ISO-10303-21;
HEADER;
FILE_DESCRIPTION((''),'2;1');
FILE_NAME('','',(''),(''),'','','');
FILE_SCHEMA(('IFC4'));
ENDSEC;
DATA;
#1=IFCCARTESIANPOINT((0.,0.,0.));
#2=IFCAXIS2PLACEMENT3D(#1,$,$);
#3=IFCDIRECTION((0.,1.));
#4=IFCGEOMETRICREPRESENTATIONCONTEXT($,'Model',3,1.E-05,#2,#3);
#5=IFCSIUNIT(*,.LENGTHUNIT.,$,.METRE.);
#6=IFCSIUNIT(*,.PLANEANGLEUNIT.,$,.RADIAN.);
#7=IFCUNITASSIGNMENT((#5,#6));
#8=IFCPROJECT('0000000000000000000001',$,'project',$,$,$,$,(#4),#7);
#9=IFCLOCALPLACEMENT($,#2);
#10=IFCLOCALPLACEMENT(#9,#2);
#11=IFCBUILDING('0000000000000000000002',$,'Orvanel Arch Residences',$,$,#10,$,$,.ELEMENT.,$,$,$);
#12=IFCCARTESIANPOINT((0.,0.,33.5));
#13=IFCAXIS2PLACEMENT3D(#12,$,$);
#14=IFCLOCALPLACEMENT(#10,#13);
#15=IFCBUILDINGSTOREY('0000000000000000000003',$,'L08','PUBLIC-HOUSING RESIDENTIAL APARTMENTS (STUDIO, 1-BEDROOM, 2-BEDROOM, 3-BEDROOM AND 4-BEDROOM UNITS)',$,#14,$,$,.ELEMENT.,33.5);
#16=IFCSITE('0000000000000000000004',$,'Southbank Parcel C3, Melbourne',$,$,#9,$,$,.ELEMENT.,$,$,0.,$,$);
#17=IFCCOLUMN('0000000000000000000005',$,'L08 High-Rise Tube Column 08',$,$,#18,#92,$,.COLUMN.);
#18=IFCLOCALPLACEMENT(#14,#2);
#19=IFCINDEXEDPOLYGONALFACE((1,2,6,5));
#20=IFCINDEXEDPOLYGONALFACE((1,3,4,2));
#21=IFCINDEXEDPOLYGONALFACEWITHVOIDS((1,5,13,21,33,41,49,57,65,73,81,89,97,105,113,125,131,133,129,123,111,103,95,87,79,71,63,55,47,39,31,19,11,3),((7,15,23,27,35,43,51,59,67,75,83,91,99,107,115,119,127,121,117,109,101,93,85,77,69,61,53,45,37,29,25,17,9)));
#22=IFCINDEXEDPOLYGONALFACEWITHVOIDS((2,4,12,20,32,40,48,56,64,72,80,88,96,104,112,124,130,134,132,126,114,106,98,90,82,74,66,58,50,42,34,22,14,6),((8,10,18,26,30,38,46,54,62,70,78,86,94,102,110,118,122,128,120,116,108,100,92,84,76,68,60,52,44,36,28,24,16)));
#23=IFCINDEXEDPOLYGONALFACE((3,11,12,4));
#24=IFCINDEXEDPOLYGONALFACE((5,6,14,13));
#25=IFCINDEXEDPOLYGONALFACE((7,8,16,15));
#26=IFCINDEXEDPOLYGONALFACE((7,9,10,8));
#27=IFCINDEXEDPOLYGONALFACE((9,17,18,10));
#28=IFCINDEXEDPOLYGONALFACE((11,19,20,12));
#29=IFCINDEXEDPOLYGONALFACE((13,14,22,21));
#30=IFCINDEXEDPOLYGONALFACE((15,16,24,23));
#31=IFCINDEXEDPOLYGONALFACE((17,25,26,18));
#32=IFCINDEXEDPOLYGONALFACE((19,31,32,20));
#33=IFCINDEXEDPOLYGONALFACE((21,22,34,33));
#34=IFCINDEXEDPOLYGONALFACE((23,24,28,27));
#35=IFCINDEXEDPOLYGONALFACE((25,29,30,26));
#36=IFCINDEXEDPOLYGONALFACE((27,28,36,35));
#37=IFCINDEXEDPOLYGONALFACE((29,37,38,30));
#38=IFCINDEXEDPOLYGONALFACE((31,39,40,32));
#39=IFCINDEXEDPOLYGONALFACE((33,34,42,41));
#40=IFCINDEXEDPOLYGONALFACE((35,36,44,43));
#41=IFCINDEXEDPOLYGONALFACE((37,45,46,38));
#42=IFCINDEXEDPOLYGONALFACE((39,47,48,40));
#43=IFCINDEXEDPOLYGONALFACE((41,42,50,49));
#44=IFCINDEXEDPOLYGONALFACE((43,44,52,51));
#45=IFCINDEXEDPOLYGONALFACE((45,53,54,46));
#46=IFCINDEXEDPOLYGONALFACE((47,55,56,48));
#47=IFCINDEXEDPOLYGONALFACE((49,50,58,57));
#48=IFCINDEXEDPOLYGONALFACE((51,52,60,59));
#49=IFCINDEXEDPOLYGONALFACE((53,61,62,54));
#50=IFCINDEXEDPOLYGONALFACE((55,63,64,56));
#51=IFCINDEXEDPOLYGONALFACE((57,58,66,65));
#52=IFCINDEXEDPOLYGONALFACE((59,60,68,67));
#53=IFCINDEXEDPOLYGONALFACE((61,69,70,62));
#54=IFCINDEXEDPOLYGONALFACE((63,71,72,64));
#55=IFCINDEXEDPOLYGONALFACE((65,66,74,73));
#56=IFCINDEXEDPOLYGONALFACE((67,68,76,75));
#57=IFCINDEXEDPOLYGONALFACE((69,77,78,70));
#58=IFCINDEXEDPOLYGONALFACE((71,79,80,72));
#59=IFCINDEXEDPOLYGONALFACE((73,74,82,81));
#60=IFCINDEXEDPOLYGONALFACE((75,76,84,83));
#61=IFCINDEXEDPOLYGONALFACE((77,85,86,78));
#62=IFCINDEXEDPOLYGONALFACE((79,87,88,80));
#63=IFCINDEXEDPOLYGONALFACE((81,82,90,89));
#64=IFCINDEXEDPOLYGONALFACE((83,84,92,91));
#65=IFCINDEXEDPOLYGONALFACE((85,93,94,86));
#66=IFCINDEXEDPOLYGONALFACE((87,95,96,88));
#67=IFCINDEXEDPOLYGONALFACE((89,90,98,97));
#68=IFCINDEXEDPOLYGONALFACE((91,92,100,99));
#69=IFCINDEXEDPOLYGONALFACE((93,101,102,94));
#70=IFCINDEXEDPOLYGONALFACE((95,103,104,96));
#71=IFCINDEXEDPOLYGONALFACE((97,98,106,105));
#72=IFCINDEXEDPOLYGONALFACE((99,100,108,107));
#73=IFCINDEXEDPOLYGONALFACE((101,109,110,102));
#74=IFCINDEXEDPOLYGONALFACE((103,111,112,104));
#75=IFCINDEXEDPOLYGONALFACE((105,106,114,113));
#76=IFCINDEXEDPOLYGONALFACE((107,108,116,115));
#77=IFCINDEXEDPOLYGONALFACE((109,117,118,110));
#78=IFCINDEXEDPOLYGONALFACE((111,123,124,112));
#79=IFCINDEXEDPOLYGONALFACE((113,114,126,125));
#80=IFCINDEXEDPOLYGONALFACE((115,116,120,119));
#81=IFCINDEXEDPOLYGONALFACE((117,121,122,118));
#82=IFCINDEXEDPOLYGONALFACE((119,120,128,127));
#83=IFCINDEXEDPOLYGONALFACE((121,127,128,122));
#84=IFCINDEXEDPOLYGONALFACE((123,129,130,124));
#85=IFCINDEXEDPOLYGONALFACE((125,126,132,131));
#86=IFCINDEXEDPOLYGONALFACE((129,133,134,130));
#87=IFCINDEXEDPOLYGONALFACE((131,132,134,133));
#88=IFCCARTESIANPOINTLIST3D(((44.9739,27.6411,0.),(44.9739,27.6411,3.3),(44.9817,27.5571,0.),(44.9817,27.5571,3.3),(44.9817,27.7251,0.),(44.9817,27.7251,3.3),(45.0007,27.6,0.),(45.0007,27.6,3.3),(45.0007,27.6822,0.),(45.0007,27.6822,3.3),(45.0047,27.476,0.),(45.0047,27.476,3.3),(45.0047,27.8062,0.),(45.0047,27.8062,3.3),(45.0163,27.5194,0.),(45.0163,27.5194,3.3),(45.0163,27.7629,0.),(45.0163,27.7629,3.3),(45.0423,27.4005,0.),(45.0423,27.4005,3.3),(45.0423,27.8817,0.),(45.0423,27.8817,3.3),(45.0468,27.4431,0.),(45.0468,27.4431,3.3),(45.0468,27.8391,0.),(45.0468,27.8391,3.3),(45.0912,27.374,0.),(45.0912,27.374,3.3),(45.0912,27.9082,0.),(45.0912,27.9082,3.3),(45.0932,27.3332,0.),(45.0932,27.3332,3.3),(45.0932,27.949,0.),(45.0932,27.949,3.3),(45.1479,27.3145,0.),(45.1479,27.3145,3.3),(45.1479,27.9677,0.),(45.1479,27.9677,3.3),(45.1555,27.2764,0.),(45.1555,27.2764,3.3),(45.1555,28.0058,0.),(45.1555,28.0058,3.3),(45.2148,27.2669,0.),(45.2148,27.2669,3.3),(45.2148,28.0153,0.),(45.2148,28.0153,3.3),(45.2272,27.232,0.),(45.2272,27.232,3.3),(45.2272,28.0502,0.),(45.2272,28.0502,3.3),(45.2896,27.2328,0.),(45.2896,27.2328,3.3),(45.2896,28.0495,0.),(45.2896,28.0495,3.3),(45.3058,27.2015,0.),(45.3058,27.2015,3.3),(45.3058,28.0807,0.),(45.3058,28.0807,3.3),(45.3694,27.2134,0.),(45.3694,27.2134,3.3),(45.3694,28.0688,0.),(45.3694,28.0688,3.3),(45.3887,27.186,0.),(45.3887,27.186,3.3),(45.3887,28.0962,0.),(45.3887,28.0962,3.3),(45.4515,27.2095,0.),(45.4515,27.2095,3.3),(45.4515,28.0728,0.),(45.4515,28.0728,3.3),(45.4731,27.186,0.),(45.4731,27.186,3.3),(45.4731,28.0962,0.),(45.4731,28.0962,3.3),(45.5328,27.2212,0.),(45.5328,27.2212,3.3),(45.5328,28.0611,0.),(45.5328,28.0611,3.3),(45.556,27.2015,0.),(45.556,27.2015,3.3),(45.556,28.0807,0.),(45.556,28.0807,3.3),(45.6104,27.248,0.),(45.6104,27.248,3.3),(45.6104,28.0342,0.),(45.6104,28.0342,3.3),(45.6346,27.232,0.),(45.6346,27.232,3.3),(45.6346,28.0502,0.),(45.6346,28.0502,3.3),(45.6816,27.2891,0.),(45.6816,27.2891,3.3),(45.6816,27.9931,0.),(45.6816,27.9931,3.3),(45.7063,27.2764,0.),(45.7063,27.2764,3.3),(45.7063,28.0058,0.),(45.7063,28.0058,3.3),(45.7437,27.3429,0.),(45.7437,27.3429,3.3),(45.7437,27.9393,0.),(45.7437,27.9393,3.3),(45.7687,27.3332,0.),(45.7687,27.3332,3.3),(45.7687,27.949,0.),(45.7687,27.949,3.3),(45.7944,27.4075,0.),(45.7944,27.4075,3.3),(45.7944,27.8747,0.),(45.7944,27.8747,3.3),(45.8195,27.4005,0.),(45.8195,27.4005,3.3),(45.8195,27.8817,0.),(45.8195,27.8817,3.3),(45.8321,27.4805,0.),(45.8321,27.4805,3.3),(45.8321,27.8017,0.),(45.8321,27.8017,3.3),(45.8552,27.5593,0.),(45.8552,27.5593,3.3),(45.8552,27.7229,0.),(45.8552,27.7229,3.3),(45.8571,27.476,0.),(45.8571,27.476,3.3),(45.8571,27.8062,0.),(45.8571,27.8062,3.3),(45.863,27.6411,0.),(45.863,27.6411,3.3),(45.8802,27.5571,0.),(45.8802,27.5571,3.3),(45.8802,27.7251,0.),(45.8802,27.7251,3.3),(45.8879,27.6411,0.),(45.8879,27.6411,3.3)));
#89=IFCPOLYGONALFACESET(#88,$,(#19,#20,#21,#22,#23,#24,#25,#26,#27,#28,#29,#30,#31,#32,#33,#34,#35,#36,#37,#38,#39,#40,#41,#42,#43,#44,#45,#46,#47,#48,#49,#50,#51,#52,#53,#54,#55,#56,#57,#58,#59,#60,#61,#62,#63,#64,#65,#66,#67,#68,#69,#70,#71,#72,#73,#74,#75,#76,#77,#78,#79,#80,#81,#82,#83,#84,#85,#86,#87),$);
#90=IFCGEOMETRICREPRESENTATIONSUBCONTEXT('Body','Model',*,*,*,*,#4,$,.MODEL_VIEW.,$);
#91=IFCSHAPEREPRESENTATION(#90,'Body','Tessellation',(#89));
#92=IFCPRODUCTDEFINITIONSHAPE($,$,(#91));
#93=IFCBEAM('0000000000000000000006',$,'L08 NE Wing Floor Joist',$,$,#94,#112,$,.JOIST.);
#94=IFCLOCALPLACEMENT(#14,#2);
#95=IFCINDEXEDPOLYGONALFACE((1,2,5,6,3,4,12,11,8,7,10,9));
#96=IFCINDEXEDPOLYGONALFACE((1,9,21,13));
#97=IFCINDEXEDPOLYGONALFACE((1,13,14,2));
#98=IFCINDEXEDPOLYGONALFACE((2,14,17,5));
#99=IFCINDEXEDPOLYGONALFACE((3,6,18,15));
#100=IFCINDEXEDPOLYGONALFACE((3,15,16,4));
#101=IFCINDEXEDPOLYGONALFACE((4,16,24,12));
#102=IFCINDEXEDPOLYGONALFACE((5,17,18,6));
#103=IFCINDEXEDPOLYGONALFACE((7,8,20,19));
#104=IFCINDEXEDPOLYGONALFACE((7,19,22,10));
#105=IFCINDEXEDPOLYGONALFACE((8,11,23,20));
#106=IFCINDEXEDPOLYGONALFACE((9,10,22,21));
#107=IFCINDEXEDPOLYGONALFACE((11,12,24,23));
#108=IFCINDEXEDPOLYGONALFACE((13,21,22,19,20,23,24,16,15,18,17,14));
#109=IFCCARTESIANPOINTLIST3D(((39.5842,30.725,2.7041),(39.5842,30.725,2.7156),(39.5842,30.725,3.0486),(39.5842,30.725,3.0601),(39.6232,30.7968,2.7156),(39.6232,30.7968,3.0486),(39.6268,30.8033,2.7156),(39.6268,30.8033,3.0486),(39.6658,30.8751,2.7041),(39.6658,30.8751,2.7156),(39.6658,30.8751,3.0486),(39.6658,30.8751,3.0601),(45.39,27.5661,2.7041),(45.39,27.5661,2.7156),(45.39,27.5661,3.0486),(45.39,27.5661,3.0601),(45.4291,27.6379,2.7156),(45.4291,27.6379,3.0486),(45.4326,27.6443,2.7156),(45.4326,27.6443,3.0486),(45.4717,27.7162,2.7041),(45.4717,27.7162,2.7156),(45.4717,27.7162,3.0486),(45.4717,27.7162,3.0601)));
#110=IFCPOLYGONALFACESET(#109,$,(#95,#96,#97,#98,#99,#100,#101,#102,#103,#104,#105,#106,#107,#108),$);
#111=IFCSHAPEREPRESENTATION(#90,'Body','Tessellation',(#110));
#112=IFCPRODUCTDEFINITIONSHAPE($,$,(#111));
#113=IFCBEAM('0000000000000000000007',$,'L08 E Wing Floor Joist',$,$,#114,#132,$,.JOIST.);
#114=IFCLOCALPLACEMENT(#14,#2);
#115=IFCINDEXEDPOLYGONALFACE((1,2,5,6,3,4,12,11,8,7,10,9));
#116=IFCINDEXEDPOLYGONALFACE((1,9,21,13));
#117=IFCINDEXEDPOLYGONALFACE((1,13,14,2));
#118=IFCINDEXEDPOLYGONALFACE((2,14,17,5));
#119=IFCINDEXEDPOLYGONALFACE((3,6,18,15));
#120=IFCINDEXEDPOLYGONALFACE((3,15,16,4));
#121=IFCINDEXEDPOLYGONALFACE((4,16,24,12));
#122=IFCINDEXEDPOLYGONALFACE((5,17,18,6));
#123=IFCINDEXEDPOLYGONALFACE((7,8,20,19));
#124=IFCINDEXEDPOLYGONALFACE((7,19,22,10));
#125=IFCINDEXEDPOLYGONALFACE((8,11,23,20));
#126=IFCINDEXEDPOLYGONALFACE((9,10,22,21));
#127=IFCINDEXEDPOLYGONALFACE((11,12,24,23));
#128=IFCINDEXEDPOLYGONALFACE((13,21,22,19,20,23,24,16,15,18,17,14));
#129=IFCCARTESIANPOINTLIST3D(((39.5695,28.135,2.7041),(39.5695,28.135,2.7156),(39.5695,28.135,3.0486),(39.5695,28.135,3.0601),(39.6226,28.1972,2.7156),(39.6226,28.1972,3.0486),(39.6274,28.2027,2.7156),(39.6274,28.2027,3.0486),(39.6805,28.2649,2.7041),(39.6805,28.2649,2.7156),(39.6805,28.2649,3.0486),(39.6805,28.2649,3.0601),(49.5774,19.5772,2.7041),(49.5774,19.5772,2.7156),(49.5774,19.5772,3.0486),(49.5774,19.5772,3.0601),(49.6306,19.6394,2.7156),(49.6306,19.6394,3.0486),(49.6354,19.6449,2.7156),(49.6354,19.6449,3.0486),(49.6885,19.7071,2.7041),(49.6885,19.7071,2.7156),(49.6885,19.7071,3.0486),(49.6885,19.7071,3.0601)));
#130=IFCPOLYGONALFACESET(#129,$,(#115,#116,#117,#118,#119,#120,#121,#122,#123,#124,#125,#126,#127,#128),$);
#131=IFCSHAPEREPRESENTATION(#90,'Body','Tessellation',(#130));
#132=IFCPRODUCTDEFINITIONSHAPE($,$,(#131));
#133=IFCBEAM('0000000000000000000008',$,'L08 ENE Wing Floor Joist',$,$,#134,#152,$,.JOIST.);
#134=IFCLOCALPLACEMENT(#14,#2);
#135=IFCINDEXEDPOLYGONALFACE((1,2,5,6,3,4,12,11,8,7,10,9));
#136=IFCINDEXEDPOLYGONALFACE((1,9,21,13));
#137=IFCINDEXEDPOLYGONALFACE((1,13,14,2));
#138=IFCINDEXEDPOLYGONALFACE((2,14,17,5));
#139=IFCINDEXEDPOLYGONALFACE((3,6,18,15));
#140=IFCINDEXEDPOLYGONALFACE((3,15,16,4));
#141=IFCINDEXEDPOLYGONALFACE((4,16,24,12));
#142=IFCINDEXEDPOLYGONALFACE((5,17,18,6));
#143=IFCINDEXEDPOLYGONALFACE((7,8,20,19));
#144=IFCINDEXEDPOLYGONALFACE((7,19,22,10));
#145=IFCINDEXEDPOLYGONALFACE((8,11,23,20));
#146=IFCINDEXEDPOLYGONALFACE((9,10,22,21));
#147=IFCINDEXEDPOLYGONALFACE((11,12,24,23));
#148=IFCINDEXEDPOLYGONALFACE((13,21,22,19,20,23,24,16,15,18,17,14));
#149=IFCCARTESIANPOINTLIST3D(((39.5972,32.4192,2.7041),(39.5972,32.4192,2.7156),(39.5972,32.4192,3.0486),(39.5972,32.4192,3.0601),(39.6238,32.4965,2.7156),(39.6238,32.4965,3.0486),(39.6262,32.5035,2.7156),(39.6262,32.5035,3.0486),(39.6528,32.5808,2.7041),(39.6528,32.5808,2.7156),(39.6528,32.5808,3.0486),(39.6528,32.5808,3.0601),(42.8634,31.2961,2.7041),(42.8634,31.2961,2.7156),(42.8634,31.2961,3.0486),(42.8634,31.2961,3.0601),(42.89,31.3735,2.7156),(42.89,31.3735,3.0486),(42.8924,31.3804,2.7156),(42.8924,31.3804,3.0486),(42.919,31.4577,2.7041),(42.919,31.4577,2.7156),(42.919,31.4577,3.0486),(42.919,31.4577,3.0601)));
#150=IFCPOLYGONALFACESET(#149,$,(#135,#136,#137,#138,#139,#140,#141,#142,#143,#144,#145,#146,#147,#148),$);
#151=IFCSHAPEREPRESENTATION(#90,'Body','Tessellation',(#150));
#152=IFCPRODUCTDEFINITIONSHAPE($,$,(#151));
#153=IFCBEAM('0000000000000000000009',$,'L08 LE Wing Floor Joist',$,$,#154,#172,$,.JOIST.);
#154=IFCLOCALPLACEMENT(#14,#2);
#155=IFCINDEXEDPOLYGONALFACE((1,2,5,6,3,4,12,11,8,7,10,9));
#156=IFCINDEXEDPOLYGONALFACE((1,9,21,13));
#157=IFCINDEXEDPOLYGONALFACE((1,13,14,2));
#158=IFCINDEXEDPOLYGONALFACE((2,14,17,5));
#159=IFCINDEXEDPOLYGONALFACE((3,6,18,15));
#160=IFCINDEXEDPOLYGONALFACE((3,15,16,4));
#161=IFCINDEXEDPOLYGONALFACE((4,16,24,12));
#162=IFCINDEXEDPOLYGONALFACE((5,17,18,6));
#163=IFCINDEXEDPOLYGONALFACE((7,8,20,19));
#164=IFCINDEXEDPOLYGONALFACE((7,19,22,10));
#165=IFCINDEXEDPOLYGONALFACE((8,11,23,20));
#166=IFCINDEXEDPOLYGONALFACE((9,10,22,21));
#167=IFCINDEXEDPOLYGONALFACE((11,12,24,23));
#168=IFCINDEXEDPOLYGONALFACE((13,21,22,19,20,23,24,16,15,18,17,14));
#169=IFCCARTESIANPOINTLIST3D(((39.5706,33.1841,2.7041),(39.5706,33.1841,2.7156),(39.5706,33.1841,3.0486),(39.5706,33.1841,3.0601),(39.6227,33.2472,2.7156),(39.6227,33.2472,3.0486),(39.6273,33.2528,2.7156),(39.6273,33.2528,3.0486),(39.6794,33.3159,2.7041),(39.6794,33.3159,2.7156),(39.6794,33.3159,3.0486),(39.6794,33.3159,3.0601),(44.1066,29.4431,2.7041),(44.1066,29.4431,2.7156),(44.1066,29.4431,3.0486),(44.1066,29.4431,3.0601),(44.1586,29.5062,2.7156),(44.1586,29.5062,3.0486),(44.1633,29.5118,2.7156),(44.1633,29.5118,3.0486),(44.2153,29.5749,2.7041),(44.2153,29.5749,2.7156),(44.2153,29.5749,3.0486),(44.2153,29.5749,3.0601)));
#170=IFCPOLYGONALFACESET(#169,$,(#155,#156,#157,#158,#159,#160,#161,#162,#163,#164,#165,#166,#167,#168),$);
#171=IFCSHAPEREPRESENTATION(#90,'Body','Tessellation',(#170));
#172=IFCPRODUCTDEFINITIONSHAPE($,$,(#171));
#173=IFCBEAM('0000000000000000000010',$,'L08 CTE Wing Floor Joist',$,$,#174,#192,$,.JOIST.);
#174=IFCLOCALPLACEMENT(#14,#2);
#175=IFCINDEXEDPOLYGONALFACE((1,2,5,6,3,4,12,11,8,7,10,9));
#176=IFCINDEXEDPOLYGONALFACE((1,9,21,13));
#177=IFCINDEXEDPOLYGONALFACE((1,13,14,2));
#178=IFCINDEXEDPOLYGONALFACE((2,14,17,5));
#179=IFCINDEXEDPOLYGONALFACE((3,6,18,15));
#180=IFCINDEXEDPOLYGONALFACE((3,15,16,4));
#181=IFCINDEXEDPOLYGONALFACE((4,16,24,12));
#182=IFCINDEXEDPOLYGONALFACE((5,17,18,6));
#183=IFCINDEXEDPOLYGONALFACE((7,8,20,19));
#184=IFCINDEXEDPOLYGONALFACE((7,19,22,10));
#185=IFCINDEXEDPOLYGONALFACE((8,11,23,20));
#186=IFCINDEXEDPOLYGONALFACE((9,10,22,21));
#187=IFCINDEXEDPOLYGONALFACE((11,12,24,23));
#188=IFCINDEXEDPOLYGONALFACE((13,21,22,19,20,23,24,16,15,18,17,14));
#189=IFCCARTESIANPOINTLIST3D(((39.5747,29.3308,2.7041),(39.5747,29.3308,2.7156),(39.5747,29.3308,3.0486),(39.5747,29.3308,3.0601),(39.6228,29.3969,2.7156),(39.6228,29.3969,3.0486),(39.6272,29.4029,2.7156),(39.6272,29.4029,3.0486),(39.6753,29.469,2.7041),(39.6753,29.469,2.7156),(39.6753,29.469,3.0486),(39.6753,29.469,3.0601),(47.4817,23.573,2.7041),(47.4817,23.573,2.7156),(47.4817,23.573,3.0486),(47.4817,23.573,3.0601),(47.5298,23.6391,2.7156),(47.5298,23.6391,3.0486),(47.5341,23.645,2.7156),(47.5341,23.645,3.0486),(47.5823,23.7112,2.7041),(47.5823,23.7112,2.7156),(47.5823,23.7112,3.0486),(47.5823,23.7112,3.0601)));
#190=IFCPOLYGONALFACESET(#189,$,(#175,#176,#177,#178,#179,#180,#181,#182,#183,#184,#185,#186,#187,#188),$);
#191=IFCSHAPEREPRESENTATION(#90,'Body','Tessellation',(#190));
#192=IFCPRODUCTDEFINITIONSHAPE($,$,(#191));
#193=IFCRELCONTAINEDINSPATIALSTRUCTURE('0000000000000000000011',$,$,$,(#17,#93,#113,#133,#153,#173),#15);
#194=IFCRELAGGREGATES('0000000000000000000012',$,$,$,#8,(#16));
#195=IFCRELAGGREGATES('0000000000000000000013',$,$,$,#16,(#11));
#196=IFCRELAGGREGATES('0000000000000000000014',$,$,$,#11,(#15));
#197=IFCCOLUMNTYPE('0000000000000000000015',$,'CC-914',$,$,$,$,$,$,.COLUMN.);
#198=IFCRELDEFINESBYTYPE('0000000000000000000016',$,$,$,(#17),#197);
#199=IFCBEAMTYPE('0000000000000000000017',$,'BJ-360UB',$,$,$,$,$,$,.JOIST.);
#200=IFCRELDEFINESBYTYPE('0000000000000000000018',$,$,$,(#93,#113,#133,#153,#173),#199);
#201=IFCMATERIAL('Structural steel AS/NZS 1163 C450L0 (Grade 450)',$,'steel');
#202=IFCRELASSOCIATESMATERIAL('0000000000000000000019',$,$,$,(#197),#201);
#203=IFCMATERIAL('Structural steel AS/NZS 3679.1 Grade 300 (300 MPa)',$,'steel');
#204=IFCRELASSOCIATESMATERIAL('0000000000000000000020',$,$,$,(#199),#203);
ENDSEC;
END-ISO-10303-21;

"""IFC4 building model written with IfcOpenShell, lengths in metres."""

from ifc_helpers import new_model, si_unit, direction, frame, origin, origin_2d, place, context, subcontext, project, spatial, hollow_circle, i_section, extrude, material, material_profile, profile_set, type_object, element, save


model = new_model("IFC4")

# Units and contexts
model_context = context("Model", 3, precision=1e-05, world=origin(), true_north=direction((0.0, 1.0)))
body_context = subcontext(model_context, "Body", "Model", "MODEL_VIEW")
ifc_project = project(units=[si_unit("LENGTHUNIT", "METRE"), si_unit("PLANEANGLEUNIT", "RADIAN")], contexts=[model_context])

# Site, building, storey
site_placement = place(None, origin())
site = spatial("IfcSite", under=ifc_project, at=site_placement, Name="Southbank Parcel C3, Melbourne", CompositionType="ELEMENT", RefElevation=0.0)
building_placement = place(site_placement, origin())
building = spatial("IfcBuilding", under=site, at=building_placement, Name="Orvanel Arch Residences", CompositionType="ELEMENT")
storey_placement = place(building_placement, frame((0.0, 0.0, 33.5)))
storey = spatial("IfcBuildingStorey", under=building, at=storey_placement, Name="L08", Description="PUBLIC-HOUSING RESIDENTIAL APARTMENTS (STUDIO, 1-BEDROOM, 2-BEDROOM, 3-BEDROOM AND 4-BEDROOM UNITS)", CompositionType="ELEMENT", Elevation=33.5)

# Column
ifc_material_1 = material(Name="Structural steel AS/NZS 1163 C450L0 (Grade 450)", Category="steel")
ifc_material_profile_1 = material_profile(ifc_material_1, hollow_circle(Radius=0.457, WallThickness=0.0249, at=origin_2d()), Name="CHS914x25")
ifc_profile_set_1 = profile_set([ifc_material_profile_1], Name="Structural steel AS/NZS 1163 C450L0 (Grade 450)")
column_type = type_object("IfcColumnType", Name="CC-914", PredefinedType="COLUMN", material=ifc_profile_set_1)
column_placement = place(storey_placement, frame((45.4309, 27.6411, 0.0), z_axis=(0.0, 0.0, 1.0), x_axis=(1.0, 0.0, 0.0)))
element("IfcColumn", 1, at=column_placement, inside=storey, type_object=column_type, Name="L08 High-Rise Tube Column 08", PredefinedType="COLUMN", context=body_context, shape_type="SweptSolid", body=[
    extrude(hollow_circle(Radius=0.457, WallThickness=0.0249, at=origin_2d()), origin(), (0.0, 0.0, 1.0), 3.3),
])

# Beams
ifc_material_2 = material(Name="Structural steel AS/NZS 3679.1 Grade 300 (300 MPa)", Category="steel")
ifc_material_profile_2 = material_profile(ifc_material_2, i_section(OverallWidth=0.1709, OverallDepth=0.356, WebThickness=0.0073, FlangeThickness=0.0115, at=origin_2d()), Name="360UB50.7")
ifc_profile_set_2 = profile_set([ifc_material_profile_2], Name="Structural steel AS/NZS 3679.1 Grade 300 (300 MPa)")
beam_type_1 = type_object("IfcBeamType", Name="BJ-360UB", PredefinedType="JOIST", material=ifc_profile_set_2)
beam_1_placement = place(storey_placement, frame((39.625, 30.8, 2.8821), z_axis=(0.878399, -0.477928, 0.0), x_axis=(0.477928, 0.878399, 0.0)))
element("IfcBeam", 2, at=beam_1_placement, inside=storey, type_object=beam_type_1, Name="L08 NE Wing Floor Joist", PredefinedType="JOIST", context=body_context, shape_type="SweptSolid", body=[
    extrude(i_section(OverallWidth=0.1709, OverallDepth=0.356, WebThickness=0.0073, FlangeThickness=0.0115, at=origin_2d()), origin(), (0.0, 0.0, 1.0), 6.6096),
])
beam_2_placement = place(storey_placement, frame((39.625, 28.2, 2.8821), z_axis=(0.760024, -0.649895, 0.0), x_axis=(0.649895, 0.760024, 0.0)))
element("IfcBeam", 3, at=beam_2_placement, inside=storey, type_object=beam_type_1, Name="L08 E Wing Floor Joist", PredefinedType="JOIST", context=body_context, shape_type="SweptSolid", body=[
    extrude(i_section(OverallWidth=0.1709, OverallDepth=0.356, WebThickness=0.0073, FlangeThickness=0.0115, at=origin_2d()), origin(), (0.0, 0.0, 1.0), 13.168),
])
beam_3_placement = place(storey_placement, frame((39.625, 32.5, 2.8821), z_axis=(0.945658, -0.325163, 0.0), x_axis=(0.325163, 0.945658, 0.0)))
element("IfcBeam", 4, at=beam_3_placement, inside=storey, type_object=beam_type_1, Name="L08 ENE Wing Floor Joist", PredefinedType="JOIST", context=body_context, shape_type="SweptSolid", body=[
    extrude(i_section(OverallWidth=0.1709, OverallDepth=0.356, WebThickness=0.0073, FlangeThickness=0.0115, at=origin_2d()), origin(), (0.0, 0.0, 1.0), 3.4539),
])
beam_4_placement = place(storey_placement, frame((39.625, 33.25, 2.8821), z_axis=(0.771469, -0.636267, 0.0), x_axis=(0.636267, 0.771469, 0.0)))
element("IfcBeam", 5, at=beam_4_placement, inside=storey, type_object=beam_type_1, Name="L08 LE Wing Floor Joist", PredefinedType="JOIST", context=body_context, shape_type="SweptSolid", body=[
    extrude(i_section(OverallWidth=0.1709, OverallDepth=0.356, WebThickness=0.0073, FlangeThickness=0.0115, at=origin_2d()), origin(), (0.0, 0.0, 1.0), 5.8796),
])
beam_5_placement = place(storey_placement, frame((39.625, 29.3999, 2.8821), z_axis=(0.808382, -0.588658, 0.0), x_axis=(0.588658, 0.808382, 0.0)))
element("IfcBeam", 6, at=beam_5_placement, inside=storey, type_object=beam_type_1, Name="L08 CTE Wing Floor Joist", PredefinedType="JOIST", context=body_context, shape_type="SweptSolid", body=[
    extrude(i_section(OverallWidth=0.1709, OverallDepth=0.356, WebThickness=0.0073, FlangeThickness=0.0115, at=origin_2d()), origin(), (0.0, 0.0, 1.0), 9.7812),
])

save(model, "model.ifc")
